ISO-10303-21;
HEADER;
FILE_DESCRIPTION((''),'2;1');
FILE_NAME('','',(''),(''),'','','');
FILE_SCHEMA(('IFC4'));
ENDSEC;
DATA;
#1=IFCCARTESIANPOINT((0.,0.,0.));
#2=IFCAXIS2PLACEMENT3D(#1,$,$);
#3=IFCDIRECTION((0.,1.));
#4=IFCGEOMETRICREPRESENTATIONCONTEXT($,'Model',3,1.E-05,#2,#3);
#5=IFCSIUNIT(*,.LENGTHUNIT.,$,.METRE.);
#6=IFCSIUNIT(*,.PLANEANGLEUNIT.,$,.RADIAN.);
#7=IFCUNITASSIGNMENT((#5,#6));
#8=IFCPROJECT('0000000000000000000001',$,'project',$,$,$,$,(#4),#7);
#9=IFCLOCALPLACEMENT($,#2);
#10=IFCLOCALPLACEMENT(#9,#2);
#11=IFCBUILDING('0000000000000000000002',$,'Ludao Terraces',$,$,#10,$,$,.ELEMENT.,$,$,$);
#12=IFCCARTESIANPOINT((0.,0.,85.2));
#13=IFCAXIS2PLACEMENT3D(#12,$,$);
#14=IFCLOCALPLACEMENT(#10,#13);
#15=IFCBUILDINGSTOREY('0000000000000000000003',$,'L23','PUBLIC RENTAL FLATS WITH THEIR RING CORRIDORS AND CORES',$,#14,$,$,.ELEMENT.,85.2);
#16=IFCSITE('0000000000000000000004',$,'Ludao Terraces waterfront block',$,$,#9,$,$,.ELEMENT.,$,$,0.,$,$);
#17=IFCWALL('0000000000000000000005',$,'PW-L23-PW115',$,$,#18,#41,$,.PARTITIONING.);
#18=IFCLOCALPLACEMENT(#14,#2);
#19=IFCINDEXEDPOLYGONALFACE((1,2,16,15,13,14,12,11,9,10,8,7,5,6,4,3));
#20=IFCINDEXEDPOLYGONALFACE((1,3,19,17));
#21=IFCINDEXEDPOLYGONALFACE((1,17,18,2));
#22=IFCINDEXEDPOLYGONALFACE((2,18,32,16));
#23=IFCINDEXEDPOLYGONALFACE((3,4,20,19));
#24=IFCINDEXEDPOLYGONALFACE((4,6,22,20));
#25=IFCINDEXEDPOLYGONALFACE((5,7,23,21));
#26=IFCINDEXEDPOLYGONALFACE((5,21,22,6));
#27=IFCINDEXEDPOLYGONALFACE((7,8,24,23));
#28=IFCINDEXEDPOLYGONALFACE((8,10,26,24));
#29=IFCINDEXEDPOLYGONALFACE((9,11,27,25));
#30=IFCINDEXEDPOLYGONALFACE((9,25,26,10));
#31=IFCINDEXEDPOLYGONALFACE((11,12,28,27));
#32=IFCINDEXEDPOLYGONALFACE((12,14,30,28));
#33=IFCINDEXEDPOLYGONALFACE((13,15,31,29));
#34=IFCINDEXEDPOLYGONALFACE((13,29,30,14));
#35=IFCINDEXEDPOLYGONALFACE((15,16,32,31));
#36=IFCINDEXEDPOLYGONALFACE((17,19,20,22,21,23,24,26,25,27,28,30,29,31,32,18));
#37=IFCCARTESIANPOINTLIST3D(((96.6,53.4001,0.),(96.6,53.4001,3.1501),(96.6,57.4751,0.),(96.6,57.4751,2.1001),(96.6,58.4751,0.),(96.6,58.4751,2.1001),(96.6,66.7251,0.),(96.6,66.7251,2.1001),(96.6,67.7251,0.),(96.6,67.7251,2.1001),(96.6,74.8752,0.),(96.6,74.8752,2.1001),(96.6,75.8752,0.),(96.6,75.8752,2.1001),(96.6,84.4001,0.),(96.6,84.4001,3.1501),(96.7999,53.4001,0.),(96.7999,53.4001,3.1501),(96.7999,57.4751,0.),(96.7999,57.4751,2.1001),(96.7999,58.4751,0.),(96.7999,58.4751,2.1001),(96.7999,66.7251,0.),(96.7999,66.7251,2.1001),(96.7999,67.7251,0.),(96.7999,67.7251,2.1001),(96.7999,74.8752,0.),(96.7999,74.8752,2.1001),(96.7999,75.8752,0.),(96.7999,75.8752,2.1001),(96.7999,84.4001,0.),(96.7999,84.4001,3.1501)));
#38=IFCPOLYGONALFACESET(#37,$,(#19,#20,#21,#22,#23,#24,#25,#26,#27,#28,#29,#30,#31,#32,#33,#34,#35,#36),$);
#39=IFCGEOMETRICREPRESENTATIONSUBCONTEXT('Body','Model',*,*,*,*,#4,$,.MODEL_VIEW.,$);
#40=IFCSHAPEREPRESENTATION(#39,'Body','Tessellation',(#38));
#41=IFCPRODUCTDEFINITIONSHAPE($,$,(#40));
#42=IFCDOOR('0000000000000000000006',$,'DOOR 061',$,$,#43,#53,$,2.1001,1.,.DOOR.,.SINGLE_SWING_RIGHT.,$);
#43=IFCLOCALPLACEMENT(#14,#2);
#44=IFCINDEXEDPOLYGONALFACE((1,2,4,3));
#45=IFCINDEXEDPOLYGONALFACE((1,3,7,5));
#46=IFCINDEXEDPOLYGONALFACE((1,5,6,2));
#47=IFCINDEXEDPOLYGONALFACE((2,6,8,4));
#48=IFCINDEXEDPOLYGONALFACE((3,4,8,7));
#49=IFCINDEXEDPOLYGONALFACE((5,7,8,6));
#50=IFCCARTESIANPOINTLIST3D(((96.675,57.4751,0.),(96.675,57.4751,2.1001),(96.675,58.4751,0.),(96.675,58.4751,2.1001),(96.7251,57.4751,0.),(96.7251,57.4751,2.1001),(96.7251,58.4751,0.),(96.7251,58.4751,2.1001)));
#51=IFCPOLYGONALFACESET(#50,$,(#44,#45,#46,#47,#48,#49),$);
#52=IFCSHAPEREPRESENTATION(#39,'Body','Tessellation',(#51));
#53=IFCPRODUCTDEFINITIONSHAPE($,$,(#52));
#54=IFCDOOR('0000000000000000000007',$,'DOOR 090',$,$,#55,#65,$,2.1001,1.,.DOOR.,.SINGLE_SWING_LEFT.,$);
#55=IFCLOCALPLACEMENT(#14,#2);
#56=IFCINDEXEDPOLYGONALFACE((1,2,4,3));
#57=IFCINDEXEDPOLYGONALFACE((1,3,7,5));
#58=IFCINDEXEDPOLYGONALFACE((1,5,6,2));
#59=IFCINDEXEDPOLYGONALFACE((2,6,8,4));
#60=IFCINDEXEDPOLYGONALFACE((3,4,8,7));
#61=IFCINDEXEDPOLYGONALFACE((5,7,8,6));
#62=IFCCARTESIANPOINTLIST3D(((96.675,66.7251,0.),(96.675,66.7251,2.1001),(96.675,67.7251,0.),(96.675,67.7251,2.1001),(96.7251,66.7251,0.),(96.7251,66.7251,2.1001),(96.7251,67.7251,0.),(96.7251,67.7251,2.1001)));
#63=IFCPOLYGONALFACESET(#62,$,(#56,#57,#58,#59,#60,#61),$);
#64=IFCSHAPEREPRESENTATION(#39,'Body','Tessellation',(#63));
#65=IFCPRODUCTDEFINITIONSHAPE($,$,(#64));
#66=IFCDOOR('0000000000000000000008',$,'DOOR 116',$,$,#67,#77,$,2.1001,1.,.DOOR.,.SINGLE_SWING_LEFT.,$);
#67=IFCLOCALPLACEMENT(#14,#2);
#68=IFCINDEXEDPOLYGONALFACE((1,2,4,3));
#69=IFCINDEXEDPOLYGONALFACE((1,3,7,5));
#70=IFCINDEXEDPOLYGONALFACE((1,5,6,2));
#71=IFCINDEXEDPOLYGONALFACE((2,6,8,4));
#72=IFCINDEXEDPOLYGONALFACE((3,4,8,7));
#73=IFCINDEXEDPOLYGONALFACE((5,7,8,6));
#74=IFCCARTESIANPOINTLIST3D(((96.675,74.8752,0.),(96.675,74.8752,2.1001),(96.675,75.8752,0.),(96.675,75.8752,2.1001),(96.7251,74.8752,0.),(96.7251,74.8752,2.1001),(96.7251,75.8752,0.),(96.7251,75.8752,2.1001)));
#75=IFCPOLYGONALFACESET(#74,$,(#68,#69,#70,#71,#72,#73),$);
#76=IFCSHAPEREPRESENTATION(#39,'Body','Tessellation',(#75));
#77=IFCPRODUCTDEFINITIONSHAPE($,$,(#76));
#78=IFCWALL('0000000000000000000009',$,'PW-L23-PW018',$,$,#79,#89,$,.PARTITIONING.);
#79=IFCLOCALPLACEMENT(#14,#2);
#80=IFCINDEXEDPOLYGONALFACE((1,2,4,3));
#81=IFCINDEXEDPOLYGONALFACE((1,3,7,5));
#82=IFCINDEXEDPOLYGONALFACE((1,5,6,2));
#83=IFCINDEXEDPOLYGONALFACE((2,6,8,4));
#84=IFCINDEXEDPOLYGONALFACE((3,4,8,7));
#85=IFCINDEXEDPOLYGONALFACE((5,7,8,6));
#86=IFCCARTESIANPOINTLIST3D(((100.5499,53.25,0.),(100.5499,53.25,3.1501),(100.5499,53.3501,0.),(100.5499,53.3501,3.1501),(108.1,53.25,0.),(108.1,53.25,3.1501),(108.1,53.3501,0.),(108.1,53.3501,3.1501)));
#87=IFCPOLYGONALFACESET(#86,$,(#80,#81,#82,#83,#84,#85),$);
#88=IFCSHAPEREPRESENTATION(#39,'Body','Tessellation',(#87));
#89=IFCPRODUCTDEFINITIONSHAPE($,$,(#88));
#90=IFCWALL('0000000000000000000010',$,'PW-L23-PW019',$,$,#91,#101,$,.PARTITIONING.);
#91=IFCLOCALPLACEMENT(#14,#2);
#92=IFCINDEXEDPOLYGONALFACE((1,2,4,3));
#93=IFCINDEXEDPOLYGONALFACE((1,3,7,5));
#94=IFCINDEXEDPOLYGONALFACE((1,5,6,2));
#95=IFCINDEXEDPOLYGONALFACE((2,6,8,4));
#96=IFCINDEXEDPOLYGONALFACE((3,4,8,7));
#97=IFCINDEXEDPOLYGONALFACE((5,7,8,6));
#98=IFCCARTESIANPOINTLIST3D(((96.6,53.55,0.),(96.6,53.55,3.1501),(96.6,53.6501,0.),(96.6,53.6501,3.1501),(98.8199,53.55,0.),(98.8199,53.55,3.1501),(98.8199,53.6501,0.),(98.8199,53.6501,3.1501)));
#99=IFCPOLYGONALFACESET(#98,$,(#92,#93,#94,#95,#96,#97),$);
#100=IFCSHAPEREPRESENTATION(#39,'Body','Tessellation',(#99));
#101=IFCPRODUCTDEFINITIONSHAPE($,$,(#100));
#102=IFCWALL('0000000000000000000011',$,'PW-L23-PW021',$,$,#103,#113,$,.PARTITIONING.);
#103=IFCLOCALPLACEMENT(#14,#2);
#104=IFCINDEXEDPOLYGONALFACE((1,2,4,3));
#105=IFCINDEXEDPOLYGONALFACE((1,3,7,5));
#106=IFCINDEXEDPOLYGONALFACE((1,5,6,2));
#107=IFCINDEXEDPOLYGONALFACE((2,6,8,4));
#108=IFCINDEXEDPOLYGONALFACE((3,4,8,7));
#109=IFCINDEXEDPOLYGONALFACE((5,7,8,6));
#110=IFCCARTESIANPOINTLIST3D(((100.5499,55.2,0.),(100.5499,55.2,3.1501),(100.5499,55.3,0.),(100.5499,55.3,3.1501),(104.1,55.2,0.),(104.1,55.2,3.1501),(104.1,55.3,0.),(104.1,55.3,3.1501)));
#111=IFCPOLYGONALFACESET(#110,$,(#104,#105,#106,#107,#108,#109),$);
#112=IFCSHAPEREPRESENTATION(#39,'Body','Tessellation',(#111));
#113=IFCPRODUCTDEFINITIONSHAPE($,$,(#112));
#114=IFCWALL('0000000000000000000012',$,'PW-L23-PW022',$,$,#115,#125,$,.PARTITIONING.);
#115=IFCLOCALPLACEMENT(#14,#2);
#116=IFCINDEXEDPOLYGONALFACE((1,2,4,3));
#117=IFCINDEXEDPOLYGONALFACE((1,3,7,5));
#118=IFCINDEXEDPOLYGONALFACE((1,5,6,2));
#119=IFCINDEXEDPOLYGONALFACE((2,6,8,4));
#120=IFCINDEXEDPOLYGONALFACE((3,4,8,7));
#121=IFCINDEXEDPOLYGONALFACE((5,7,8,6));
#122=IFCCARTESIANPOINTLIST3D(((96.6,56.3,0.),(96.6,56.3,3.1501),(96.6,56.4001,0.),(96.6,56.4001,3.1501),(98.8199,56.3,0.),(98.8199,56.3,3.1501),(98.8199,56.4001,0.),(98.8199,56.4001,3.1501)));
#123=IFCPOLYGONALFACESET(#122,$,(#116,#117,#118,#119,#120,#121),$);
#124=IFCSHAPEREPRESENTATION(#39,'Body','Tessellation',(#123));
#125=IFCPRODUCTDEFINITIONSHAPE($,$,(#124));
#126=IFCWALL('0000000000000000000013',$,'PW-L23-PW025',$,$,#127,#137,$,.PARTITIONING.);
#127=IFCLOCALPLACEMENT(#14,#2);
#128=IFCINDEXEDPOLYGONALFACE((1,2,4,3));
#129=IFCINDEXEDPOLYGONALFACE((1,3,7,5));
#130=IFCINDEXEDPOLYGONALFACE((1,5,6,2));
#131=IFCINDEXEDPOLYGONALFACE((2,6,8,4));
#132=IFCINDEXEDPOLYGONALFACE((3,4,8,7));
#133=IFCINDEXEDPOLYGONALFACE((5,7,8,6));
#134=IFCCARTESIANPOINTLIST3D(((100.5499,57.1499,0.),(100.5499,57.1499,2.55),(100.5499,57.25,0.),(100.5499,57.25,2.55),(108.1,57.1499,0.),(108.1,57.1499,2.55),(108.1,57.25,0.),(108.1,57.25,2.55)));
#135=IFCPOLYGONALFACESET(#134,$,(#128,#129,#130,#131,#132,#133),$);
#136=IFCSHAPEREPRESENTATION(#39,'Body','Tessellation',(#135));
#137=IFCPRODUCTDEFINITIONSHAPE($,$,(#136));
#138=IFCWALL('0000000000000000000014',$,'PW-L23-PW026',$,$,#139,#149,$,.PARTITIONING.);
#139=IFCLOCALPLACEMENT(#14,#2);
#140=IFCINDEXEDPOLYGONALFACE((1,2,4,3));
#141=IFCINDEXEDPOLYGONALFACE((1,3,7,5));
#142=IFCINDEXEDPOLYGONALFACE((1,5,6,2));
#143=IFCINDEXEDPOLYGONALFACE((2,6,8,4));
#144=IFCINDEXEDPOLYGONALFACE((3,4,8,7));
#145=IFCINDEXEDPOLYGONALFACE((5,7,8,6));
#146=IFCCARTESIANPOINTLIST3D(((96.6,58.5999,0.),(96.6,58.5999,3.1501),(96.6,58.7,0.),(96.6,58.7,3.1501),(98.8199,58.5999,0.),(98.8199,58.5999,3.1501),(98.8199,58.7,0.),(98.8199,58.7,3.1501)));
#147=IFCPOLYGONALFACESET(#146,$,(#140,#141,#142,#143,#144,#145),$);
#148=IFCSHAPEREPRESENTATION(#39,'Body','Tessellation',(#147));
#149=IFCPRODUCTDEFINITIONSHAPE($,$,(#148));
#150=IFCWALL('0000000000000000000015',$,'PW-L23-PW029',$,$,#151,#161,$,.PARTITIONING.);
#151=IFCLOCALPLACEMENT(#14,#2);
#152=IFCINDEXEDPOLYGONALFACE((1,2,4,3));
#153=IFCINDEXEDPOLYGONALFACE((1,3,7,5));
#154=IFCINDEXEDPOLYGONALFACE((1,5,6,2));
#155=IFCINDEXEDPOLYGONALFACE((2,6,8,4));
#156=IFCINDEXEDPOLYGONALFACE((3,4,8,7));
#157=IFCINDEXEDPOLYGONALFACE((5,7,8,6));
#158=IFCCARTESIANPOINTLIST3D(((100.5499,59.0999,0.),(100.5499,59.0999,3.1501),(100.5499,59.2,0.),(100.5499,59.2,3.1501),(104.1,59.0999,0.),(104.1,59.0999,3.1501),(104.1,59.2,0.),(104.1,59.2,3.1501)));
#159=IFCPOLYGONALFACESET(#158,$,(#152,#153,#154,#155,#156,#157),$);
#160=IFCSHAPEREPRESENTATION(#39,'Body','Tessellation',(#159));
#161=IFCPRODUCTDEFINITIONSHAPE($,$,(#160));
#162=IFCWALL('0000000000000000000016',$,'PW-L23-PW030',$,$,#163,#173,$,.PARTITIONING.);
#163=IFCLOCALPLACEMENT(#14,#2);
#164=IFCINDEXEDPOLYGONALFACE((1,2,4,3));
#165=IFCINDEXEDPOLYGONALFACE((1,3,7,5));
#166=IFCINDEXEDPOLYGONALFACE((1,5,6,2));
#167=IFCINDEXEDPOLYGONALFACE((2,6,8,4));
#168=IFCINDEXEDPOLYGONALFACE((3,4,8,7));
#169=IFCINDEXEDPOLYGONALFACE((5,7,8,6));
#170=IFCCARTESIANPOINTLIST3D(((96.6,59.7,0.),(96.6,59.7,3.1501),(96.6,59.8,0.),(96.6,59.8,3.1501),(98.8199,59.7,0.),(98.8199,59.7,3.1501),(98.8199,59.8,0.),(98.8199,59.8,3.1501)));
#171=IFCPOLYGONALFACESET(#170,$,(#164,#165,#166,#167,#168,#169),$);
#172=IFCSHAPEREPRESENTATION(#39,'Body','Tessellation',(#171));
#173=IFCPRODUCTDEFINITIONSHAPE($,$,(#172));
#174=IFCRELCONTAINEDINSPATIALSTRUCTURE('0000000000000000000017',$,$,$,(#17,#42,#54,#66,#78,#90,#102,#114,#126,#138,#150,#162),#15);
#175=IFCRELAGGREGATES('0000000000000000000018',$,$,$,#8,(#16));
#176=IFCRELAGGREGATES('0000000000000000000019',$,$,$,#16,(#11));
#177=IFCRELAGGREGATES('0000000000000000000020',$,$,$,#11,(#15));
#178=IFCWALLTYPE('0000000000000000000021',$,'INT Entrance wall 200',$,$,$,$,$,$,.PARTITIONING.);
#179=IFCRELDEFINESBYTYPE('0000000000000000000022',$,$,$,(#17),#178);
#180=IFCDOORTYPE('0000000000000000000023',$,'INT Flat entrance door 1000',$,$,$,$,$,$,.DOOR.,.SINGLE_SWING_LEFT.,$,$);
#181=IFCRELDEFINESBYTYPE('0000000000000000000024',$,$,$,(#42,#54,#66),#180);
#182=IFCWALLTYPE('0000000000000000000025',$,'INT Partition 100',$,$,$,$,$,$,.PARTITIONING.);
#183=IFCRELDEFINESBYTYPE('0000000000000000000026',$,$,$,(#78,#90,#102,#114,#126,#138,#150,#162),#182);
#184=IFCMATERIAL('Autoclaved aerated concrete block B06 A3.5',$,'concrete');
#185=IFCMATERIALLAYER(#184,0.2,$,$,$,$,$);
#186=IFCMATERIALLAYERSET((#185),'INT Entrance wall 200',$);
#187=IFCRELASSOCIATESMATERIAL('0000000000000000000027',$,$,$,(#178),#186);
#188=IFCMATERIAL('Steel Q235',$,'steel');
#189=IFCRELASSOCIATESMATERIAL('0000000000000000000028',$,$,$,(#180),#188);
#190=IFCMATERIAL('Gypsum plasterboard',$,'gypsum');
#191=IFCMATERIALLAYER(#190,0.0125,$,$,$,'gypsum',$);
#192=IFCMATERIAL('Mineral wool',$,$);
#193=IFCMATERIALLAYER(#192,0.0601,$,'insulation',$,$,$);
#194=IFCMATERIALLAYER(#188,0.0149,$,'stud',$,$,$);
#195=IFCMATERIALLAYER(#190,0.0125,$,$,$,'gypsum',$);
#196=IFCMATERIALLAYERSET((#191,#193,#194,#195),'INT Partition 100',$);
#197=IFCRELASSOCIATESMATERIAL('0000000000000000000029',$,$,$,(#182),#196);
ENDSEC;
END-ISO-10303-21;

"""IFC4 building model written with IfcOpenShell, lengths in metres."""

from ifc_helpers import new_model, si_unit, direction, frame, frame_2d, origin, place, context, subcontext, project, spatial, rectangle, extrude, material, layer, layer_set, type_object, element, fill, save


model = new_model("IFC4")

# Units and contexts
model_context = context("Model", 3, precision=1e-05, world=origin(), true_north=direction((0.0, 1.0)))
body_context = subcontext(model_context, "Body", "Model", "MODEL_VIEW")
ifc_project = project(units=[si_unit("LENGTHUNIT", "METRE"), si_unit("PLANEANGLEUNIT", "RADIAN")], contexts=[model_context])

# Site, building, storey
site_placement = place(None, origin())
site = spatial("IfcSite", under=ifc_project, at=site_placement, Name="Ludao Terraces waterfront block", CompositionType="ELEMENT", RefElevation=0.0)
building_placement = place(site_placement, origin())
building = spatial("IfcBuilding", under=site, at=building_placement, Name="Ludao Terraces", CompositionType="ELEMENT")
storey_placement = place(building_placement, frame((0.0, 0.0, 85.2)))
storey = spatial("IfcBuildingStorey", under=building, at=storey_placement, Name="L23", Description="PUBLIC RENTAL FLATS WITH THEIR RING CORRIDORS AND CORES", CompositionType="ELEMENT", Elevation=85.2)

# Wall, openings, doors
ifc_material_1 = material(Name="Autoclaved aerated concrete block B06 A3.5", Category="concrete")
ifc_layer_1 = layer(ifc_material_1, 0.2)
ifc_layer_set_1 = layer_set([ifc_layer_1], Name="INT Entrance wall 200")
wall_type_1 = type_object("IfcWallType", Name="INT Entrance wall 200", PredefinedType="PARTITIONING", material=ifc_layer_set_1)
wall_1_placement = place(storey_placement, frame((96.7, 53.4001, 0.0), z_axis=(0.0, 0.0, 1.0), x_axis=(0.0, 1.0, 0.0)))
wall_1 = element("IfcWall", 1, at=wall_1_placement, inside=storey, type_object=wall_type_1, Name="PW-L23-PW115", PredefinedType="PARTITIONING", context=body_context, shape_type="SweptSolid", body=[
    extrude(rectangle(XDim=31.0, YDim=0.2, at=frame_2d((15.5, 0.0))), origin(), (0.0, 0.0, 1.0), 3.1501),
])
opening_1_placement = place(wall_1_placement, frame((4.075, 0.0, 0.0)))
opening_1 = element("IfcOpeningElement", 2, at=opening_1_placement, cuts=wall_1, PredefinedType="OPENING", context=body_context, shape_type="SweptSolid", body=[
    extrude(rectangle(XDim=1.0, YDim=2.1001, at=frame_2d((0.5, 1.05))), frame((0.0, 0.1099, 0.0), z_axis=(0.0, -1.0, 0.0), x_axis=(1.0, 0.0, 0.0)), (0.0, 0.0, 1.0), 0.22),
])
opening_2_placement = place(wall_1_placement, frame((13.325, 0.0, 0.0)))
opening_2 = element("IfcOpeningElement", 3, at=opening_2_placement, cuts=wall_1, PredefinedType="OPENING", context=body_context, shape_type="SweptSolid", body=[
    extrude(rectangle(XDim=1.0, YDim=2.1001, at=frame_2d((0.5, 1.05))), frame((0.0, 0.1099, 0.0), z_axis=(0.0, -1.0, 0.0), x_axis=(1.0, 0.0, 0.0)), (0.0, 0.0, 1.0), 0.22),
])
opening_3_placement = place(wall_1_placement, frame((21.4751, 0.0, 0.0)))
opening_3 = element("IfcOpeningElement", 4, at=opening_3_placement, cuts=wall_1, PredefinedType="OPENING", context=body_context, shape_type="SweptSolid", body=[
    extrude(rectangle(XDim=1.0, YDim=2.1001, at=frame_2d((0.5, 1.05))), frame((0.0, 0.1099, 0.0), z_axis=(0.0, -1.0, 0.0), x_axis=(1.0, 0.0, 0.0)), (0.0, 0.0, 1.0), 0.22),
])
ifc_material_2 = material(Name="Steel Q235", Category="steel")
door_type_1 = type_object("IfcDoorType", Name="INT Flat entrance door 1000", OperationType="SINGLE_SWING_LEFT", PredefinedType="DOOR", material=ifc_material_2)
door_1_placement = place(opening_1_placement, origin())
door_1 = element("IfcDoor", 5, at=door_1_placement, inside=storey, type_object=door_type_1, Name="DOOR 061", OperationType="SINGLE_SWING_RIGHT", OverallHeight=2.1001, OverallWidth=1.0, PredefinedType="DOOR", context=body_context, shape_type="SweptSolid", body=[
    extrude(rectangle(XDim=1.0, YDim=2.1001, at=frame_2d((0.5, 1.05))), frame((0.0, 0.0249, 0.0), z_axis=(0.0, -1.0, 0.0), x_axis=(1.0, 0.0, 0.0)), (0.0, 0.0, 1.0), 0.05),
])
fill(opening_1, door_1)
door_2_placement = place(opening_2_placement, origin())
door_2 = element("IfcDoor", 6, at=door_2_placement, inside=storey, type_object=door_type_1, Name="DOOR 090", OperationType="SINGLE_SWING_LEFT", OverallHeight=2.1001, OverallWidth=1.0, PredefinedType="DOOR", context=body_context, shape_type="SweptSolid", body=[
    extrude(rectangle(XDim=1.0, YDim=2.1001, at=frame_2d((0.5, 1.05))), frame((0.0, 0.0249, 0.0), z_axis=(0.0, -1.0, 0.0), x_axis=(1.0, 0.0, 0.0)), (0.0, 0.0, 1.0), 0.05),
])
fill(opening_2, door_2)
door_3_placement = place(opening_3_placement, origin())
door_3 = element("IfcDoor", 7, at=door_3_placement, inside=storey, type_object=door_type_1, Name="DOOR 116", OperationType="SINGLE_SWING_LEFT", OverallHeight=2.1001, OverallWidth=1.0, PredefinedType="DOOR", context=body_context, shape_type="SweptSolid", body=[
    extrude(rectangle(XDim=1.0, YDim=2.1001, at=frame_2d((0.5, 1.05))), frame((0.0, 0.0249, 0.0), z_axis=(0.0, -1.0, 0.0), x_axis=(1.0, 0.0, 0.0)), (0.0, 0.0, 1.0), 0.05),
])
fill(opening_3, door_3)

# Walls
ifc_material_3 = material(Name="Gypsum plasterboard", Category="gypsum")
ifc_layer_2 = layer(ifc_material_3, 0.0125, Category="gypsum")
ifc_material_4 = material(Name="Mineral wool")
ifc_layer_3 = layer(ifc_material_4, 0.0601, Name="insulation")
ifc_layer_4 = layer(ifc_material_2, 0.0149, Name="stud")
ifc_layer_5 = layer(ifc_material_3, 0.0125, Category="gypsum")
ifc_layer_set_2 = layer_set([ifc_layer_2, ifc_layer_3, ifc_layer_4, ifc_layer_5], Name="INT Partition 100")
wall_type_2 = type_object("IfcWallType", Name="INT Partition 100", PredefinedType="PARTITIONING", material=ifc_layer_set_2)
wall_2_placement = place(storey_placement, frame((100.55, 53.3, 0.0), z_axis=(0.0, 0.0, 1.0), x_axis=(1.0, 0.0, 0.0)))
element("IfcWall", 8, at=wall_2_placement, inside=storey, type_object=wall_type_2, Name="PW-L23-PW018", PredefinedType="PARTITIONING", context=body_context, shape_type="SweptSolid", body=[
    extrude(rectangle(XDim=7.55, YDim=0.1001, at=frame_2d((3.7749, 0.0))), origin(), (0.0, 0.0, 1.0), 3.1501),
])
wall_3_placement = place(storey_placement, frame((96.6001, 53.6001, 0.0), z_axis=(0.0, 0.0, 1.0), x_axis=(1.0, 0.0, 0.0)))
element("IfcWall", 9, at=wall_3_placement, inside=storey, type_object=wall_type_2, Name="PW-L23-PW019", PredefinedType="PARTITIONING", context=body_context, shape_type="SweptSolid", body=[
    extrude(rectangle(XDim=2.22, YDim=0.1001, at=frame_2d((1.1099, 0.0))), origin(), (0.0, 0.0, 1.0), 3.1501),
])
wall_4_placement = place(storey_placement, frame((100.55, 55.25, 0.0), z_axis=(0.0, 0.0, 1.0), x_axis=(1.0, 0.0, 0.0)))
element("IfcWall", 10, at=wall_4_placement, inside=storey, type_object=wall_type_2, Name="PW-L23-PW021", PredefinedType="PARTITIONING", context=body_context, shape_type="SweptSolid", body=[
    extrude(rectangle(XDim=3.55, YDim=0.1001, at=frame_2d((1.7749, 0.0))), origin(), (0.0, 0.0, 1.0), 3.1501),
])
wall_5_placement = place(storey_placement, frame((96.6001, 56.3501, 0.0), z_axis=(0.0, 0.0, 1.0), x_axis=(1.0, 0.0, 0.0)))
element("IfcWall", 11, at=wall_5_placement, inside=storey, type_object=wall_type_2, Name="PW-L23-PW022", PredefinedType="PARTITIONING", context=body_context, shape_type="SweptSolid", body=[
    extrude(rectangle(XDim=2.22, YDim=0.1001, at=frame_2d((1.1099, 0.0))), origin(), (0.0, 0.0, 1.0), 3.1501),
])
wall_6_placement = place(storey_placement, frame((100.55, 57.2, 0.0), z_axis=(0.0, 0.0, 1.0), x_axis=(1.0, 0.0, 0.0)))
element("IfcWall", 12, at=wall_6_placement, inside=storey, type_object=wall_type_2, Name="PW-L23-PW025", PredefinedType="PARTITIONING", context=body_context, shape_type="SweptSolid", body=[
    extrude(rectangle(XDim=7.55, YDim=0.1001, at=frame_2d((3.7749, 0.0))), origin(), (0.0, 0.0, 1.0), 2.55),
])
wall_7_placement = place(storey_placement, frame((96.6001, 58.6499, 0.0), z_axis=(0.0, 0.0, 1.0), x_axis=(1.0, 0.0, 0.0)))
element("IfcWall", 13, at=wall_7_placement, inside=storey, type_object=wall_type_2, Name="PW-L23-PW026", PredefinedType="PARTITIONING", context=body_context, shape_type="SweptSolid", body=[
    extrude(rectangle(XDim=2.22, YDim=0.1001, at=frame_2d((1.1099, 0.0))), origin(), (0.0, 0.0, 1.0), 3.1501),
])
wall_8_placement = place(storey_placement, frame((100.55, 59.1499, 0.0), z_axis=(0.0, 0.0, 1.0), x_axis=(1.0, 0.0, 0.0)))
element("IfcWall", 14, at=wall_8_placement, inside=storey, type_object=wall_type_2, Name="PW-L23-PW029", PredefinedType="PARTITIONING", context=body_context, shape_type="SweptSolid", body=[
    extrude(rectangle(XDim=3.55, YDim=0.1001, at=frame_2d((1.7749, 0.0))), origin(), (0.0, 0.0, 1.0), 3.1501),
])
wall_9_placement = place(storey_placement, frame((96.6001, 59.75, 0.0), z_axis=(0.0, 0.0, 1.0), x_axis=(1.0, 0.0, 0.0)))
element("IfcWall", 15, at=wall_9_placement, inside=storey, type_object=wall_type_2, Name="PW-L23-PW030", PredefinedType="PARTITIONING", context=body_context, shape_type="SweptSolid", body=[
    extrude(rectangle(XDim=2.22, YDim=0.1001, at=frame_2d((1.1099, 0.0))), origin(), (0.0, 0.0, 1.0), 3.1501),
])

save(model, "model.ifc")
